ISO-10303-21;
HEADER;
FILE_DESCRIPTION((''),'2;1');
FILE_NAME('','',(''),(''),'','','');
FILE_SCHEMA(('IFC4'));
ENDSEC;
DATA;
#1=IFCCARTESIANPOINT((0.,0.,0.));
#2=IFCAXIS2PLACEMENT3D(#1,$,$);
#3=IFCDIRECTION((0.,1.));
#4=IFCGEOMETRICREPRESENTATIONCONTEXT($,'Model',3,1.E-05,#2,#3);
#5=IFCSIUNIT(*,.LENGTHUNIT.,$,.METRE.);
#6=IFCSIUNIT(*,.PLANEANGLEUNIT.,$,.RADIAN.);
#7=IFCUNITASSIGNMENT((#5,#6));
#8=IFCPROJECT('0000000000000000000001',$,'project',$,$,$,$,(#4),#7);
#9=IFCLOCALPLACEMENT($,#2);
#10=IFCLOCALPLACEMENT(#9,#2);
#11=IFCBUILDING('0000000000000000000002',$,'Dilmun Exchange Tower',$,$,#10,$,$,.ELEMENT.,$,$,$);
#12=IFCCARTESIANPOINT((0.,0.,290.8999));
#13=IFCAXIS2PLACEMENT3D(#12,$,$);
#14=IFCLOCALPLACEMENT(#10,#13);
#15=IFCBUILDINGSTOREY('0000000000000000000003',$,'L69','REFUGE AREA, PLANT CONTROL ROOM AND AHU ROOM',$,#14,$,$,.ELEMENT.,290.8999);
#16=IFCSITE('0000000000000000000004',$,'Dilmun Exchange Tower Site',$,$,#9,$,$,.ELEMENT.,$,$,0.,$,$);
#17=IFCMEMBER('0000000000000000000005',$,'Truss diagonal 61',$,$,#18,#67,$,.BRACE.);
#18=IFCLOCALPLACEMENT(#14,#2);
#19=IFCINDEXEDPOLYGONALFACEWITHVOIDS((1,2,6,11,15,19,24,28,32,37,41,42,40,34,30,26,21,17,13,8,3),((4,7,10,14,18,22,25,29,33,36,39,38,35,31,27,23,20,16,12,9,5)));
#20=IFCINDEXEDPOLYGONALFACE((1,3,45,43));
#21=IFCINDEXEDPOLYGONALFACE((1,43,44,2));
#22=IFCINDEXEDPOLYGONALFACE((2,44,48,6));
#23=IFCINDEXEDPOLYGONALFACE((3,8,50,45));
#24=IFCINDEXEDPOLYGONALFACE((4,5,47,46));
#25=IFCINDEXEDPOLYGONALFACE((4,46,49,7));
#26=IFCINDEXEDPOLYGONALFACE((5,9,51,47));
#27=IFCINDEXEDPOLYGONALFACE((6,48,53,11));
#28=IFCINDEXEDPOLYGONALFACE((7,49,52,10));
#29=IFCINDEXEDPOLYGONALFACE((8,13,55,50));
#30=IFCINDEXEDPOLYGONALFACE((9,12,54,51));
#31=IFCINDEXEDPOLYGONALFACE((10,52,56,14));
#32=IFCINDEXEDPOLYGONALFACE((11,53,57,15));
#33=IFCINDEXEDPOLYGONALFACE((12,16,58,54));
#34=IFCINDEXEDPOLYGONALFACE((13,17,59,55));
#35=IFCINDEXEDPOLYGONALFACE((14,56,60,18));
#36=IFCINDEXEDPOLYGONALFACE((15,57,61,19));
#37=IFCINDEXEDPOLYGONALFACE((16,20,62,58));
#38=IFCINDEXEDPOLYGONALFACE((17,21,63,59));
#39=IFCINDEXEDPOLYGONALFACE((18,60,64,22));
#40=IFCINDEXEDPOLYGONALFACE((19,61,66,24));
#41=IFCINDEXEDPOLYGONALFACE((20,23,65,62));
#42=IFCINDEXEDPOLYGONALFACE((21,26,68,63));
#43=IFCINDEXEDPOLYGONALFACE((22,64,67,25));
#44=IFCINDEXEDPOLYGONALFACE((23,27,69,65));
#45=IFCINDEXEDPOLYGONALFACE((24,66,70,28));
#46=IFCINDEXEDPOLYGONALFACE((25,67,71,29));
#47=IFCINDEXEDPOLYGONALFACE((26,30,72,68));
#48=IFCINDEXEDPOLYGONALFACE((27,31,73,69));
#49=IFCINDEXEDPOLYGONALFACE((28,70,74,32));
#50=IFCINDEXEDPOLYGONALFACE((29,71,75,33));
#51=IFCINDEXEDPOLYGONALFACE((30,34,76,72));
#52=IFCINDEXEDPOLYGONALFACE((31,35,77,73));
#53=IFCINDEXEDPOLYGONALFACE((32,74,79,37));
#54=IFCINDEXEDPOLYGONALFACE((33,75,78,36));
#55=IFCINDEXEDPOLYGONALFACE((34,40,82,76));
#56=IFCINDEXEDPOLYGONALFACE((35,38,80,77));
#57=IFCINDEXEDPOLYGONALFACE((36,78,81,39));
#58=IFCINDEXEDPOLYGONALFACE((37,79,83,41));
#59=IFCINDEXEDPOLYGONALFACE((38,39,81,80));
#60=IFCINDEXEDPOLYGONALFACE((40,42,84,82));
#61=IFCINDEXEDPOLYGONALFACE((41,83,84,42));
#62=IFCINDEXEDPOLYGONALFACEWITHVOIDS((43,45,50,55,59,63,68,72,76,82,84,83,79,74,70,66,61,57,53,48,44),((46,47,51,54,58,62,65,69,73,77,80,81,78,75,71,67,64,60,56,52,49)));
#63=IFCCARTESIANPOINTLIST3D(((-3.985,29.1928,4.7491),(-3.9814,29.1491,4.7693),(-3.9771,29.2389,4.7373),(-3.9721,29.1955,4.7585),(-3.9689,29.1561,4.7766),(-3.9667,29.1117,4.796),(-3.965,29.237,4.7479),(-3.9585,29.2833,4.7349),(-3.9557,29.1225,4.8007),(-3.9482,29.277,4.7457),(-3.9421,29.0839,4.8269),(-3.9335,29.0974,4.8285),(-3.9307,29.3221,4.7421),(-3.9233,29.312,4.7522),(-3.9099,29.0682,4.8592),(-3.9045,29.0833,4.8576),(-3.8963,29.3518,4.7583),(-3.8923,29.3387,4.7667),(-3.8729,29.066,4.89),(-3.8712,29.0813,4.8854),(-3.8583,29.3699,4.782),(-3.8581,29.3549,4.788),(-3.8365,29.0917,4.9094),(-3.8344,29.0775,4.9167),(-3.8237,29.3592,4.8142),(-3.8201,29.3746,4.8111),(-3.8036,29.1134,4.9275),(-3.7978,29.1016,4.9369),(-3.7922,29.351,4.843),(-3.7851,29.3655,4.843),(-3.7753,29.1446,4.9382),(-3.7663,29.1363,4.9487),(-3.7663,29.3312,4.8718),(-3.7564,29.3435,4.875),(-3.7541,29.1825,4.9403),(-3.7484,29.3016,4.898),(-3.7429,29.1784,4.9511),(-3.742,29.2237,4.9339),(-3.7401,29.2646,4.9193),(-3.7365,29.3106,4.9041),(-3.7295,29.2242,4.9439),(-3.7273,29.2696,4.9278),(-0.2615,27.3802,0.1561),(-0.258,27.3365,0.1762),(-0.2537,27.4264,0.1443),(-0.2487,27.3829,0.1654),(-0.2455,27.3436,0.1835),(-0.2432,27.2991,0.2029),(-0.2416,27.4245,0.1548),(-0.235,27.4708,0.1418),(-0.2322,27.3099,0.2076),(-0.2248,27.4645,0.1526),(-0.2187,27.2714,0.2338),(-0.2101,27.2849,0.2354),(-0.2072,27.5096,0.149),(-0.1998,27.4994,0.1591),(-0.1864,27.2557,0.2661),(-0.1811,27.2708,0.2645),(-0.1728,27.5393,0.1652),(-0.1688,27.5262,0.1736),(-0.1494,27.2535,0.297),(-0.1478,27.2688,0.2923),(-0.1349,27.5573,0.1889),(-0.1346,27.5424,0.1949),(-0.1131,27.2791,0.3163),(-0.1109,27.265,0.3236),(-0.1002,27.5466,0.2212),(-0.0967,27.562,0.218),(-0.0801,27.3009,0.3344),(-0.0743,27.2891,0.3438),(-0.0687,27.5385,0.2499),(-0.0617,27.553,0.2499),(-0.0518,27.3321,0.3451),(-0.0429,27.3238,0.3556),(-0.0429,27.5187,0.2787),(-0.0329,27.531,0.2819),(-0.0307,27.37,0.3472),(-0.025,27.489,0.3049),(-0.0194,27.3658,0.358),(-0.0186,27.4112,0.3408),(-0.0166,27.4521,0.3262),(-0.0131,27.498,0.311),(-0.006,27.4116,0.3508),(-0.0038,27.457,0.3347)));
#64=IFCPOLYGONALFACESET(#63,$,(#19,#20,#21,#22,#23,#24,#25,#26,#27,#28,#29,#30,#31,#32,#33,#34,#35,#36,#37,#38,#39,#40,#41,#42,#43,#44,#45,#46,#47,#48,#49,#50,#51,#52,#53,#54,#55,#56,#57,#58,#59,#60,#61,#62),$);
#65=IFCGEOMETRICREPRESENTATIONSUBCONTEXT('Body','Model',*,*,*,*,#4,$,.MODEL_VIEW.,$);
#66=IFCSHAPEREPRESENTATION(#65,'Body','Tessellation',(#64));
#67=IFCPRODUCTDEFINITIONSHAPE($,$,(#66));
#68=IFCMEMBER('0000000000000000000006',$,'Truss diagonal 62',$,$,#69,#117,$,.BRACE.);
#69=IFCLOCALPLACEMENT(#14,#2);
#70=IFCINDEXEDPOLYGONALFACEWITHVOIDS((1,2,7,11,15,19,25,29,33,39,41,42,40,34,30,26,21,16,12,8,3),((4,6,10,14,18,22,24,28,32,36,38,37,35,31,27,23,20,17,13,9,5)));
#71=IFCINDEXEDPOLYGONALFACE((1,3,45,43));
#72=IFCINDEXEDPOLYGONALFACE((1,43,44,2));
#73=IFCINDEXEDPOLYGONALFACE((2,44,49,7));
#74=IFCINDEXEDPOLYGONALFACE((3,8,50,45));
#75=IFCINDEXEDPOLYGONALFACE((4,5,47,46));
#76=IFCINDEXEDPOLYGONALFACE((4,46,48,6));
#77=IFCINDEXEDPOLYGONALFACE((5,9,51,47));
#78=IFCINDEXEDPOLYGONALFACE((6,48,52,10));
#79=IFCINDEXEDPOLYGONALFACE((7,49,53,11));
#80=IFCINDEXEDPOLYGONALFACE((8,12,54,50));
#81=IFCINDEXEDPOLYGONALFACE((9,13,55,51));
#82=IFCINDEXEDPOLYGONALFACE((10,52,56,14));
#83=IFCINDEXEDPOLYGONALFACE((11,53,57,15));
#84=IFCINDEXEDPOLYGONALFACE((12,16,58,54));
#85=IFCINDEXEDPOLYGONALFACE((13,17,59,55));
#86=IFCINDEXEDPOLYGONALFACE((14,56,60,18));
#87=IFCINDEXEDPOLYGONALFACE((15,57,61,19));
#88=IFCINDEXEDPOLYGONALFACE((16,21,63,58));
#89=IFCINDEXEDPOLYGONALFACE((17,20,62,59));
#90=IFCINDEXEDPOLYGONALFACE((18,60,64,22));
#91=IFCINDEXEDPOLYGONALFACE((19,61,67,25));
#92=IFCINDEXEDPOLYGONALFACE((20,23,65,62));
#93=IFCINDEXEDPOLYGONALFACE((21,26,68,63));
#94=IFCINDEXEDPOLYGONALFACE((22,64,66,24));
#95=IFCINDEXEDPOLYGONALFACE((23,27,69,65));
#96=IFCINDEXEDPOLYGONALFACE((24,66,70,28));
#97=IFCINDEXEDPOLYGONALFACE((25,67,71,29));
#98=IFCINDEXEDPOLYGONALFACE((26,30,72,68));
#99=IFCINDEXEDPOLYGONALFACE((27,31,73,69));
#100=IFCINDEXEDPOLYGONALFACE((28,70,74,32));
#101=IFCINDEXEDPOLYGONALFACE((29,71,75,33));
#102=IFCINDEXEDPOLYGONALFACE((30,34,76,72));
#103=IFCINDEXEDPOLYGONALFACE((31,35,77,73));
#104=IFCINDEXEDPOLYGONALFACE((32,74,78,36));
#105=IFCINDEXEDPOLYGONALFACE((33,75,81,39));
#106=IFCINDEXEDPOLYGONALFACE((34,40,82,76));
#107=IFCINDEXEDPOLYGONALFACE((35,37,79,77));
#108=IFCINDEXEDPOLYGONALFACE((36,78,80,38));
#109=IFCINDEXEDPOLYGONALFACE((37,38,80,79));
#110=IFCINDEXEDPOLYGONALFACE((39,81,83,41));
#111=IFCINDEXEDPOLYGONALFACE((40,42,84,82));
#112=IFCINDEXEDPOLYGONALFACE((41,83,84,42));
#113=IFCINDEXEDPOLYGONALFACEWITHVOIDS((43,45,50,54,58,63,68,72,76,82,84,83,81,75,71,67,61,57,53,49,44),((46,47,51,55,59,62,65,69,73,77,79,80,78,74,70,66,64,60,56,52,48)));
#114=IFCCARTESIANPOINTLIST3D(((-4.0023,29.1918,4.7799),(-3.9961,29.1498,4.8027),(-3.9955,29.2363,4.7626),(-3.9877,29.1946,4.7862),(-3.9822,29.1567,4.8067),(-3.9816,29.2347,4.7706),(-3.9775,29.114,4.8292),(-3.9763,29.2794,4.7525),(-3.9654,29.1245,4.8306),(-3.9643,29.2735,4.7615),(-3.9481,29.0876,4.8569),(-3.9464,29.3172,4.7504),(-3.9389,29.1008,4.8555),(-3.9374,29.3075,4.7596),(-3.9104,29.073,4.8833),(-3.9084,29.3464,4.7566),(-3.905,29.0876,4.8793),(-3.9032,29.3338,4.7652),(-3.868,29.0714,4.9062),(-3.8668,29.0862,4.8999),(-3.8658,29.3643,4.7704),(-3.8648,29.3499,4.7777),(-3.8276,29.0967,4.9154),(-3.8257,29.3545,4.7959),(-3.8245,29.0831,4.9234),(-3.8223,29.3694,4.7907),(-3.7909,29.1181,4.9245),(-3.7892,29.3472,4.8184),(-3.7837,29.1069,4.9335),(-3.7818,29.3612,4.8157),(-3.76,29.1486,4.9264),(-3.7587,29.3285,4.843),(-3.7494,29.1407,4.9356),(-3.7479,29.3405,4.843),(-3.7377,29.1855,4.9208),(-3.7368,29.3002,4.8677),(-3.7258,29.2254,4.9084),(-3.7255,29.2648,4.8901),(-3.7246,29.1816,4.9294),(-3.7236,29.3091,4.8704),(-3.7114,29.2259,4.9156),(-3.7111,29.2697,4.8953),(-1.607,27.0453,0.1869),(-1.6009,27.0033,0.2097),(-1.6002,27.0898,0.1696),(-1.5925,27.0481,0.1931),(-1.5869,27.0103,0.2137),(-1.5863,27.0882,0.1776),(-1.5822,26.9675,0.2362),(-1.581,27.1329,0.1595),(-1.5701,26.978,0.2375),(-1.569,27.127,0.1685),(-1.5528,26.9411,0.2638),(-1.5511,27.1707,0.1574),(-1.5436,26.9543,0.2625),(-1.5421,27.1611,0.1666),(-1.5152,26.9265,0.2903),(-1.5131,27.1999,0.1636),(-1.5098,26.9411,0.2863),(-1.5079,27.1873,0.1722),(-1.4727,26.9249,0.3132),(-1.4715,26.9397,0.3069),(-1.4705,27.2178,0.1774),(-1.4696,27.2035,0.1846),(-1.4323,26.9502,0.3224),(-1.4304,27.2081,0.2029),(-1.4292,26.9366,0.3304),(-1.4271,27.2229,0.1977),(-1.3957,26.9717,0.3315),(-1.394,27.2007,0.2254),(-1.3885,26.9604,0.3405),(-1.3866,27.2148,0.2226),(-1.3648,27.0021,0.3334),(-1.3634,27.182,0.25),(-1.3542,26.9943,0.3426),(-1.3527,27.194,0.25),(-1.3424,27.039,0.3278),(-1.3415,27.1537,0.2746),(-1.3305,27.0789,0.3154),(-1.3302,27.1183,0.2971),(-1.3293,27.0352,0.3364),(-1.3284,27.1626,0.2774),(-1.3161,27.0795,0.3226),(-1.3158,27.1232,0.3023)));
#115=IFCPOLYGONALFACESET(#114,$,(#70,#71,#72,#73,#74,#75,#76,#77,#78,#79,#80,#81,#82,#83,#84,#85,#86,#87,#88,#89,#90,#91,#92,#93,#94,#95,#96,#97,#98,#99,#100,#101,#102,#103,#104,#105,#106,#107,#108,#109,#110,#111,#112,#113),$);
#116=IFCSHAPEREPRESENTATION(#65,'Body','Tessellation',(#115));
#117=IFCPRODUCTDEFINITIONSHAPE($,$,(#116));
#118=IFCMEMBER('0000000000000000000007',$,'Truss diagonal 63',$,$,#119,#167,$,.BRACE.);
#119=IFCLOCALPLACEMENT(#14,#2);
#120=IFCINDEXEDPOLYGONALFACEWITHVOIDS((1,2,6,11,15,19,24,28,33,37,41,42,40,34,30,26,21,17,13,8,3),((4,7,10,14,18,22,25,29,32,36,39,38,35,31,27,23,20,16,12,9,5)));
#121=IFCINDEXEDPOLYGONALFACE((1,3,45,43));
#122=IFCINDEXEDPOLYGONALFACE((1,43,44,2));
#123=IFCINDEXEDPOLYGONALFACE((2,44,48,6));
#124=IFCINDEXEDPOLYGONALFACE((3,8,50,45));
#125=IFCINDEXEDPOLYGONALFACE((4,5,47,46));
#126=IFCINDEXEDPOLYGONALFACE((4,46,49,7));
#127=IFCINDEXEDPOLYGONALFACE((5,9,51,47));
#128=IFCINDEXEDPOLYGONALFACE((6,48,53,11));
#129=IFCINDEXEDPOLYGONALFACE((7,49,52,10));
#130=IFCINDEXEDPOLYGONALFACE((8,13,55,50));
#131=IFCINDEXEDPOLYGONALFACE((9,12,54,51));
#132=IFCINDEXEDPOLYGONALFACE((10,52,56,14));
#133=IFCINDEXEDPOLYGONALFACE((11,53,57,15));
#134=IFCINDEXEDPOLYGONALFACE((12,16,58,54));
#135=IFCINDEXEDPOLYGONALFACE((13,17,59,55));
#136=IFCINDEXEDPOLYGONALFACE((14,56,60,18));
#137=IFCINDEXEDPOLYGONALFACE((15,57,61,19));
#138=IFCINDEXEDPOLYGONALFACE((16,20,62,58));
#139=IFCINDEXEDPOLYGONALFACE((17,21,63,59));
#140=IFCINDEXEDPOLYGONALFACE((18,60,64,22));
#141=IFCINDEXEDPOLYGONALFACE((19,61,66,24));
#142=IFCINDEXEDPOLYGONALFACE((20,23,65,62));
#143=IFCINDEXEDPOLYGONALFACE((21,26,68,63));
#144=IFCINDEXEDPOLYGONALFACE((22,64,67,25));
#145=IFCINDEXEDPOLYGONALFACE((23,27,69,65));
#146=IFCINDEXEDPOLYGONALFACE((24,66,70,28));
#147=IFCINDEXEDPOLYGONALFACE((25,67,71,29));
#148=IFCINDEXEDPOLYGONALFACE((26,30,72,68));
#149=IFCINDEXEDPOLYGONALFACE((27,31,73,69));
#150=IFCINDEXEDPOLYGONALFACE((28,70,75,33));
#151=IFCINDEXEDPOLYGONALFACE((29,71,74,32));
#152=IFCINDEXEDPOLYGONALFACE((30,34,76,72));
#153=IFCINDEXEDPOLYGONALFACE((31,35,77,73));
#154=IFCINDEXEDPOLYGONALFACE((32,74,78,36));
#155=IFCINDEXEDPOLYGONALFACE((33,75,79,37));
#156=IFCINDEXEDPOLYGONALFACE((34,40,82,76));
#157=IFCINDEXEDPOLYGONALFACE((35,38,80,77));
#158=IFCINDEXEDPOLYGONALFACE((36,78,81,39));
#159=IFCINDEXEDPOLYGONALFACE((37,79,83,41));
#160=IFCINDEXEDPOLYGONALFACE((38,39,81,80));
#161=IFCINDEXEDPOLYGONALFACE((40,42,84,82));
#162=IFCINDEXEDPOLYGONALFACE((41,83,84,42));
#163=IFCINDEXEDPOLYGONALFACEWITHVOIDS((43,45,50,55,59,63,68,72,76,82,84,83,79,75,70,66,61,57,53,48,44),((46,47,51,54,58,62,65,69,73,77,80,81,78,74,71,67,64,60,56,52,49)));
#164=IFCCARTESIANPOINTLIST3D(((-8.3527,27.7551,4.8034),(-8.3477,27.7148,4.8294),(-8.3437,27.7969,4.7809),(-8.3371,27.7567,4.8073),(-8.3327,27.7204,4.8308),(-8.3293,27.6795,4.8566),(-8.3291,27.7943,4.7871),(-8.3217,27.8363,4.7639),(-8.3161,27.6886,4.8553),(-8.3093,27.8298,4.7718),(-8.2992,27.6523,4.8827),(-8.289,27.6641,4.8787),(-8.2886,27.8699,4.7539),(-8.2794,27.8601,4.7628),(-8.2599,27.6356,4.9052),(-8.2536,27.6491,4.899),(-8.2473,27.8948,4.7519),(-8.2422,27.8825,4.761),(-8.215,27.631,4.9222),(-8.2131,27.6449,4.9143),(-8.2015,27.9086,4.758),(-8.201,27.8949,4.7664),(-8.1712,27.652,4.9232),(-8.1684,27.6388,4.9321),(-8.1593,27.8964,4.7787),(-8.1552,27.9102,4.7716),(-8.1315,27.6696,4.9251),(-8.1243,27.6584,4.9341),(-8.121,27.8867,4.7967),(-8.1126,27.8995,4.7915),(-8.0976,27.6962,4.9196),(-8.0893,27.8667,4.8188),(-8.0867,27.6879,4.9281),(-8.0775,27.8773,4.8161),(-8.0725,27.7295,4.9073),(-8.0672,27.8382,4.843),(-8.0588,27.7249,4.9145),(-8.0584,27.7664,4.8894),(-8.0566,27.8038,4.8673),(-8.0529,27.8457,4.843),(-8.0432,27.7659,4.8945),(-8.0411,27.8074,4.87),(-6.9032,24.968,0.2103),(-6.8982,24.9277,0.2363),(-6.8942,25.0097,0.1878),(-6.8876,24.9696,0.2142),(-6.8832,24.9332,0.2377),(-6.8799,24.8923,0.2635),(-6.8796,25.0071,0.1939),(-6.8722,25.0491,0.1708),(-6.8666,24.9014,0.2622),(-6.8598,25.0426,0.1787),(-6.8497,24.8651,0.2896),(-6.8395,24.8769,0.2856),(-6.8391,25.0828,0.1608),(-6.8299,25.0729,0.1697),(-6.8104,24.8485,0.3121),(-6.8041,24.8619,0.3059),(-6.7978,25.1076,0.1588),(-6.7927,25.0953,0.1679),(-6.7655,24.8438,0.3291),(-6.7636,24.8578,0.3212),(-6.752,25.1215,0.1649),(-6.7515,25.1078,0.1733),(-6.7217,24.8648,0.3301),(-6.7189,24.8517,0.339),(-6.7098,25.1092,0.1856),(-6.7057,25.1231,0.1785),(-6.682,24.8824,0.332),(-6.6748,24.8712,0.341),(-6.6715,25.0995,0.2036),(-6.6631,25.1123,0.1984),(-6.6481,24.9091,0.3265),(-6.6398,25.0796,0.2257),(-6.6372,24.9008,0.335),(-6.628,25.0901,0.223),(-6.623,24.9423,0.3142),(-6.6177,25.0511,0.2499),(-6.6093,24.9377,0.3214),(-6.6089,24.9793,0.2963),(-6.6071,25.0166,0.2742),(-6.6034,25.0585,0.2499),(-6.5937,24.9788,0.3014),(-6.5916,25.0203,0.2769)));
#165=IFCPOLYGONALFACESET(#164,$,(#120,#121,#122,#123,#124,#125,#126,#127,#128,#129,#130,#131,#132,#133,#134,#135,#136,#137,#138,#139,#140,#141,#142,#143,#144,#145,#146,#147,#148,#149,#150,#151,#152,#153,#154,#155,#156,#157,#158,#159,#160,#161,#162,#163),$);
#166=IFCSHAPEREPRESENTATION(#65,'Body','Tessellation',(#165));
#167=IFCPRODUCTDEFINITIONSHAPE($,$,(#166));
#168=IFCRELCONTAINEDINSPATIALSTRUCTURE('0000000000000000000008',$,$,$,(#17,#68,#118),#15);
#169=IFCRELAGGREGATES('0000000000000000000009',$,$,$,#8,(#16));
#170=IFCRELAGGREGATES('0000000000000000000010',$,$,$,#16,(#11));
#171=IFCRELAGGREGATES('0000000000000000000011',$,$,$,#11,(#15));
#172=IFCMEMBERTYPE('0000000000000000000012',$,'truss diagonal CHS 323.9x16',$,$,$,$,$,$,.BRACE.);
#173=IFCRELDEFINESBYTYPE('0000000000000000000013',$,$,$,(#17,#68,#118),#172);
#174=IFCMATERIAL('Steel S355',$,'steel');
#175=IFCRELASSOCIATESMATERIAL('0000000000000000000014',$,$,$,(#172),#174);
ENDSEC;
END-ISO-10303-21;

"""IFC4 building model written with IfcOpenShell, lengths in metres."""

from ifc_helpers import new_model, si_unit, direction, frame, origin, origin_2d, place, context, subcontext, project, spatial, hollow_circle, extrude, material, material_profile, profile_set, type_object, element, save


model = new_model("IFC4")

# Units and contexts
model_context = context("Model", 3, precision=1e-05, world=origin(), true_north=direction((0.0, 1.0)))
body_context = subcontext(model_context, "Body", "Model", "MODEL_VIEW")
ifc_project = project(units=[si_unit("LENGTHUNIT", "METRE"), si_unit("PLANEANGLEUNIT", "RADIAN")], contexts=[model_context])

# Site, building, storey
site_placement = place(None, origin())
site = spatial("IfcSite", under=ifc_project, at=site_placement, Name="Dilmun Exchange Tower Site", CompositionType="ELEMENT", RefElevation=0.0)
building_placement = place(site_placement, origin())
building = spatial("IfcBuilding", under=site, at=building_placement, Name="Dilmun Exchange Tower", CompositionType="ELEMENT")
storey_placement = place(building_placement, frame((0.0, 0.0, 290.8999)))
storey = spatial("IfcBuildingStorey", under=building, at=storey_placement, Name="L69", Description="REFUGE AREA, PLANT CONTROL ROOM AND AHU ROOM", CompositionType="ELEMENT", Elevation=290.8999)

# Shared definitions
ifc_material_1 = material(Name="Steel S355", Category="steel")

# Members
ifc_material_profile_1 = material_profile(ifc_material_1, hollow_circle(Radius=0.1619, WallThickness=0.0161, at=origin_2d()), Name="CHS 323.9x16")
ifc_profile_set_1 = profile_set([ifc_material_profile_1], Name="Steel S355")
member_type = type_object("IfcMemberType", Name="truss diagonal CHS 323.9x16", PredefinedType="BRACE", material=ifc_profile_set_1)
member_1_placement = place(storey_placement, frame((-3.856, 29.22, 4.843), z_axis=(0.602079, -0.293085, -0.742699), x_axis=(0.437685, 0.899129, 0.0)))
element("IfcMember", 1, at=member_1_placement, inside=storey, type_object=member_type, Name="Truss diagonal 61", PredefinedType="BRACE", context=body_context, shape_type="SweptSolid", body=[
    extrude(hollow_circle(Radius=0.1619, WallThickness=0.0161, at=origin_2d()), origin(), (0.0, 0.0, 1.0), 6.1843),
])
member_2_placement = place(storey_placement, frame((-3.856, 29.22, 4.843), z_axis=(0.427178, -0.38281, -0.819131), x_axis=(0.667374, 0.744723, 0.0)))
element("IfcMember", 2, at=member_2_placement, inside=storey, type_object=member_type, Name="Truss diagonal 62", PredefinedType="BRACE", context=body_context, shape_type="SweptSolid", body=[
    extrude(hollow_circle(Radius=0.1619, WallThickness=0.0161, at=origin_2d()), origin(), (0.0, 0.0, 1.0), 5.6072),
])
member_3_placement = place(storey_placement, frame((-8.1965, 27.771, 4.843), z_axis=(0.260479, -0.500865, -0.8254), x_axis=(0.887195, 0.461394, 0.0)))
element("IfcMember", 3, at=member_3_placement, inside=storey, type_object=member_type, Name="Truss diagonal 63", PredefinedType="BRACE", context=body_context, shape_type="SweptSolid", body=[
    extrude(hollow_circle(Radius=0.1619, WallThickness=0.0161, at=origin_2d()), origin(), (0.0, 0.0, 1.0), 5.5647),
])

save(model, "model.ifc")
